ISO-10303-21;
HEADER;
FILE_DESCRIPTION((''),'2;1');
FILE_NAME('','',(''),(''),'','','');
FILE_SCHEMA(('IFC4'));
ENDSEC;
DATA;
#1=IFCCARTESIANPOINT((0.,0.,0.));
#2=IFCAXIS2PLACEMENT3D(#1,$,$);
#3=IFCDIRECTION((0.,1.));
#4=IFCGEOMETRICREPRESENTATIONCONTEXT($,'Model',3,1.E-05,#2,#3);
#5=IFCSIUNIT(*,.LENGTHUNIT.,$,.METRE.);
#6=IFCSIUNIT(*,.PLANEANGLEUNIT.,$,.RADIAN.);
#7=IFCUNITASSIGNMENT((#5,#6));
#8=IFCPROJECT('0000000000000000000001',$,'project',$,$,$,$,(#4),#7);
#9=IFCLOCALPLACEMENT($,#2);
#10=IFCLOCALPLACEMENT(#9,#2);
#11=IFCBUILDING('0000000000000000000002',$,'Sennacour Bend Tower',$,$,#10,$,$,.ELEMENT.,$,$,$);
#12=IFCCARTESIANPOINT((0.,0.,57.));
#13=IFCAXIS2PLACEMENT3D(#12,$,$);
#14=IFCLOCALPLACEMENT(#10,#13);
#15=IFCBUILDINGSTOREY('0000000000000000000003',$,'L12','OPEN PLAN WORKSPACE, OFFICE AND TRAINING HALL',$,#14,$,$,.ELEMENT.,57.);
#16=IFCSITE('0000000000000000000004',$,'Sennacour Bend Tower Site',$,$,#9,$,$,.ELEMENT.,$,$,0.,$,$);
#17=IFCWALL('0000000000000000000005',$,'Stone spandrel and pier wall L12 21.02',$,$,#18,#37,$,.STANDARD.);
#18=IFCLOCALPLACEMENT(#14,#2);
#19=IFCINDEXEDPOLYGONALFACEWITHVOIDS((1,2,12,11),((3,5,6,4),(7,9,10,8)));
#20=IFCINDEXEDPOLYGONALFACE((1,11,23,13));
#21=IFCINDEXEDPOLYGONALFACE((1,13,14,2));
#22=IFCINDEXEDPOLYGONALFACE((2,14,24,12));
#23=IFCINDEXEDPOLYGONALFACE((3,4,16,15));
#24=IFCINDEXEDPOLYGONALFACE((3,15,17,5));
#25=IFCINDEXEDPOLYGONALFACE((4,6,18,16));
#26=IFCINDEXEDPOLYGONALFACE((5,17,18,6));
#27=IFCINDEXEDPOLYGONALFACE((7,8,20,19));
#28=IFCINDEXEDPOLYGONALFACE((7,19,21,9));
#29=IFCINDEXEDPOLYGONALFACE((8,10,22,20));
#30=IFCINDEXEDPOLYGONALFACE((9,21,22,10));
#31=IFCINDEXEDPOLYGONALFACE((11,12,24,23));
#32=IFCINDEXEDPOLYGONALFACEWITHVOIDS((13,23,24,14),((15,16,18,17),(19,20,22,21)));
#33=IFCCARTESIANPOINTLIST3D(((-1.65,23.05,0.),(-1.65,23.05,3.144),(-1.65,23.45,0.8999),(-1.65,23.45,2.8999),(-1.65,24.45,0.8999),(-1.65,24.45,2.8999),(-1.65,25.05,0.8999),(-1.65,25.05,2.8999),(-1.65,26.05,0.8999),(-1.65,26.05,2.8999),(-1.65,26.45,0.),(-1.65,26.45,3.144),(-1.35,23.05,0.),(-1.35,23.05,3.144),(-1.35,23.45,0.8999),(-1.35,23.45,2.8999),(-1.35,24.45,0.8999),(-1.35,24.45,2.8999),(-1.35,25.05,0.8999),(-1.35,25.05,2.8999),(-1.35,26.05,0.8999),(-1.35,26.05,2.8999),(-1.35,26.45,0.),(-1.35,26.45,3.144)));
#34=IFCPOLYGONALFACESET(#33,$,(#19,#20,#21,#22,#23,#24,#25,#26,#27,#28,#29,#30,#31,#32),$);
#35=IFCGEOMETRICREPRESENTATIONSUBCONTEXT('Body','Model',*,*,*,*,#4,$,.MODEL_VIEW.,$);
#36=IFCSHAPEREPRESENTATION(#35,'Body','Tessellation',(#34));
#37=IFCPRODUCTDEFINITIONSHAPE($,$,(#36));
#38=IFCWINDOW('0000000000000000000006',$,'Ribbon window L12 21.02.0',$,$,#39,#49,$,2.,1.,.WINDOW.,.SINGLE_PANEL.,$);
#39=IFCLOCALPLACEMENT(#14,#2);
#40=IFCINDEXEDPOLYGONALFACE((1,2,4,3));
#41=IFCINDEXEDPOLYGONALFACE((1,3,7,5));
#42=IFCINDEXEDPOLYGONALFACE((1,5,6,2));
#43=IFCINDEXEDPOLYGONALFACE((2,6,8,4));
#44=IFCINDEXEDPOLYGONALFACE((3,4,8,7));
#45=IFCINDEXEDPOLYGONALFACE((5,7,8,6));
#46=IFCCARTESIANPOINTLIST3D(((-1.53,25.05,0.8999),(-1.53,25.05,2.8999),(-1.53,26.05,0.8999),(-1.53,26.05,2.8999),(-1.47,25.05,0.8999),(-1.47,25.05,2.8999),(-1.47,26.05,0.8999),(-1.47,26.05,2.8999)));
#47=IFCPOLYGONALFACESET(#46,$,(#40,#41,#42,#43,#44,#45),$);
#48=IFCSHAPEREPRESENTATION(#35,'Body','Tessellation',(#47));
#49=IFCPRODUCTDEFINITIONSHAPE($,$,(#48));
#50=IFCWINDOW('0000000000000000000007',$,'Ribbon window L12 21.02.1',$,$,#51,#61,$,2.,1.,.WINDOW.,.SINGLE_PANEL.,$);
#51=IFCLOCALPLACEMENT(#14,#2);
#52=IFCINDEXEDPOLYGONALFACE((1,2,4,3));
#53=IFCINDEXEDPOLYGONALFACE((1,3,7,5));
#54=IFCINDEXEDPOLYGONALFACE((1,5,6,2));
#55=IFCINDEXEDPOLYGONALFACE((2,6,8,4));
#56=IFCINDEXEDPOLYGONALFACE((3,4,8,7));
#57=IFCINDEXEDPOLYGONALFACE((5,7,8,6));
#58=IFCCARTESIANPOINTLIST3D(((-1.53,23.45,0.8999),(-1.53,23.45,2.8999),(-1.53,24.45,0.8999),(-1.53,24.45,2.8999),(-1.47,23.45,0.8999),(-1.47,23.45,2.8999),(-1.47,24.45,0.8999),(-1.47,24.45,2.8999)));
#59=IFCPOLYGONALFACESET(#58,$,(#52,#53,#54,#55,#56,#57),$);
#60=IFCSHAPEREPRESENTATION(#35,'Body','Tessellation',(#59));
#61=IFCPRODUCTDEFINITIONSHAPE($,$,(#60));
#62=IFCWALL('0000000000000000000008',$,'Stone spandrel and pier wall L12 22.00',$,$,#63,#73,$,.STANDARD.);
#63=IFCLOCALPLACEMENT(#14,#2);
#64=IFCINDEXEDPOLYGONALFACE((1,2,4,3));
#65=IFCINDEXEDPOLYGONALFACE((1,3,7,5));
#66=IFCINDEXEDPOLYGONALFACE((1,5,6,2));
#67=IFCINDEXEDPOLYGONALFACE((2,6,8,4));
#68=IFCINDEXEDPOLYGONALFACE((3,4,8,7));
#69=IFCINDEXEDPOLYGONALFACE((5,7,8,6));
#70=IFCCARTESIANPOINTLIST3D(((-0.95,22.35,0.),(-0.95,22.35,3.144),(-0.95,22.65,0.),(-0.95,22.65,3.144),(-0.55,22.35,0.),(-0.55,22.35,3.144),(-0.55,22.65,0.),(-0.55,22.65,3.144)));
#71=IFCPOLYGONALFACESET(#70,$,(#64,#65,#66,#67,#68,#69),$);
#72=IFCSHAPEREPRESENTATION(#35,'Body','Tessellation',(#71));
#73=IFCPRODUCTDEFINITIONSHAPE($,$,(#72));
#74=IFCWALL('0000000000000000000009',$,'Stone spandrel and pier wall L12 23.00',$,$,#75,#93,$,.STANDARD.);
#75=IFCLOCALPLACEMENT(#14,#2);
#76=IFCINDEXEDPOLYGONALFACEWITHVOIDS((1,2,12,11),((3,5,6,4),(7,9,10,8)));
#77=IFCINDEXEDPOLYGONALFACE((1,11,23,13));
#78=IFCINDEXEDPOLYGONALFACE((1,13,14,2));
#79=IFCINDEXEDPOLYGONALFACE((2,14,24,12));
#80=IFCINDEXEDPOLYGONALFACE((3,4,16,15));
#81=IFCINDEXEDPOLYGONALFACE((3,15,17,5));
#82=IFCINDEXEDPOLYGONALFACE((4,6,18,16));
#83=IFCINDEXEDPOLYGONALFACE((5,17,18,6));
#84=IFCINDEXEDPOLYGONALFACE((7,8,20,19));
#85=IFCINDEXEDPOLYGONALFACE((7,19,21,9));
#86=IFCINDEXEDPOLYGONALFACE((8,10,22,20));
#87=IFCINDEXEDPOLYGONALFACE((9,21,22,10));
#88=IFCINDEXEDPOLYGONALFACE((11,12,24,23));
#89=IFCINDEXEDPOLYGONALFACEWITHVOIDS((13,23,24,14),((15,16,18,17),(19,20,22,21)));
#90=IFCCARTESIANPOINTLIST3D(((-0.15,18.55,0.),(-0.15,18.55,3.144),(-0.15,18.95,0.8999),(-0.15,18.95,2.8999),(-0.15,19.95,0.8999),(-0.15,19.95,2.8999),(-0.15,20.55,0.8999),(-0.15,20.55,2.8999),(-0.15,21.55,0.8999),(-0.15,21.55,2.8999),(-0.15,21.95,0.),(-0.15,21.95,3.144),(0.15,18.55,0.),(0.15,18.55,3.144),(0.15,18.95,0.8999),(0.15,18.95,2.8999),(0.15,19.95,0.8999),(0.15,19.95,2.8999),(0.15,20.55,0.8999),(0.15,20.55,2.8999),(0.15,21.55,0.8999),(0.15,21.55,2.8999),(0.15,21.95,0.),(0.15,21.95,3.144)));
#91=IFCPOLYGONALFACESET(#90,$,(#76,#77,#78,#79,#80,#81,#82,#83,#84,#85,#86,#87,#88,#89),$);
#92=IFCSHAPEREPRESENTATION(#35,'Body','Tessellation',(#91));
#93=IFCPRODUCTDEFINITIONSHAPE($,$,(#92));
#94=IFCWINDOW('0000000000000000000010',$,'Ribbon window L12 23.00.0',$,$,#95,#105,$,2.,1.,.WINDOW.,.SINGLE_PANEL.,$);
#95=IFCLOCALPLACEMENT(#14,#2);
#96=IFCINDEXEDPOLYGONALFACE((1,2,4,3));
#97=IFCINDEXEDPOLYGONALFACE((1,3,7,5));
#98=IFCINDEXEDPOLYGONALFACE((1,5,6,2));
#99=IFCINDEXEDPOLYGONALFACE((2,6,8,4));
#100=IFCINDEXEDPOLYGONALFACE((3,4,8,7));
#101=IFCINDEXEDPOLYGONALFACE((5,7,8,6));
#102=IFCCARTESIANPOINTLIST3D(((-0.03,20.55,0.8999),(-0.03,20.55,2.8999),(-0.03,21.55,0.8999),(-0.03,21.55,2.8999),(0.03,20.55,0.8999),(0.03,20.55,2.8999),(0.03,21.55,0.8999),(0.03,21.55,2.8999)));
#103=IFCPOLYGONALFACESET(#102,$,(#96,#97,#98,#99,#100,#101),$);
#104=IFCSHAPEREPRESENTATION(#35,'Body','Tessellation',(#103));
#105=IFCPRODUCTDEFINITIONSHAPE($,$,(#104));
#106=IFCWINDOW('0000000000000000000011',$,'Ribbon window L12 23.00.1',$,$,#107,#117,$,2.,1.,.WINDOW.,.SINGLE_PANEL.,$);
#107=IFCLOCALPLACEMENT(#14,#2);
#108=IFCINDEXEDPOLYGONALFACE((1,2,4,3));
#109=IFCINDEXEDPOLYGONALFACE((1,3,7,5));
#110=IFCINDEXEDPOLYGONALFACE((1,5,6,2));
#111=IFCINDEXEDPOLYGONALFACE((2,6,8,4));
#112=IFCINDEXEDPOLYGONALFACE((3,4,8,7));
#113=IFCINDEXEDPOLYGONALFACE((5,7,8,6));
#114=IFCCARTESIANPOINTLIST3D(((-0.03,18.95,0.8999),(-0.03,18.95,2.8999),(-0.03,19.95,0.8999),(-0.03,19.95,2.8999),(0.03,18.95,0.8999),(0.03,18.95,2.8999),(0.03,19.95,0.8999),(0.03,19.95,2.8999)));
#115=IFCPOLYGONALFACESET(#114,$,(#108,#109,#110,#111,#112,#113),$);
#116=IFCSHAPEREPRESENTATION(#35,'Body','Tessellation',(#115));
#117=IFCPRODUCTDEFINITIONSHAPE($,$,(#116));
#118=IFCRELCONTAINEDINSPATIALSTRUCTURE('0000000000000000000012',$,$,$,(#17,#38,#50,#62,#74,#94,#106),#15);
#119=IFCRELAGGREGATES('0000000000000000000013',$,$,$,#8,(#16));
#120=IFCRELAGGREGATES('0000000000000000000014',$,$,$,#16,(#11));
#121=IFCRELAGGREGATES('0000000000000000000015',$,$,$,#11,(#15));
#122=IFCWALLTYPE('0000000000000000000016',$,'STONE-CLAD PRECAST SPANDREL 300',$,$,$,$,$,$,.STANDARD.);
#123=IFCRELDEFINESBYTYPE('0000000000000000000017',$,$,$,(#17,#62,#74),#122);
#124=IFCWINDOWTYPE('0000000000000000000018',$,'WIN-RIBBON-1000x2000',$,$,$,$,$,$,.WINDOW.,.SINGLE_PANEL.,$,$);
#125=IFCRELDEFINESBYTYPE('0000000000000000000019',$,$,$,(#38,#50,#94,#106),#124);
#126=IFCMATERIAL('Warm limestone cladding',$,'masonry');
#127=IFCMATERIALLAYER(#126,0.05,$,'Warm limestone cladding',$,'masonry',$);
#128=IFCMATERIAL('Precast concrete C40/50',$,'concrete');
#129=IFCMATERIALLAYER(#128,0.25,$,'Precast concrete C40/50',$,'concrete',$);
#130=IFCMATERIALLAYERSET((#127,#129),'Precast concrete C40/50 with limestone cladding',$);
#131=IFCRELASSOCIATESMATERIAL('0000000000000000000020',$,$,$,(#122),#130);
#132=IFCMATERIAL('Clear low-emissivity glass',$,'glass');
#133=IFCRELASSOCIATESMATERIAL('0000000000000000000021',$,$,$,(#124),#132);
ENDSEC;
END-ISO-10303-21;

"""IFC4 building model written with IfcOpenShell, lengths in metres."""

from ifc_helpers import new_model, si_unit, direction, frame, frame_2d, origin, place, context, subcontext, project, spatial, rectangle, extrude, material, layer, layer_set, type_object, element, fill, save


model = new_model("IFC4")

# Units and contexts
model_context = context("Model", 3, precision=1e-05, world=origin(), true_north=direction((0.0, 1.0)))
body_context = subcontext(model_context, "Body", "Model", "MODEL_VIEW")
ifc_project = project(units=[si_unit("LENGTHUNIT", "METRE"), si_unit("PLANEANGLEUNIT", "RADIAN")], contexts=[model_context])

# Site, building, storey
site_placement = place(None, origin())
site = spatial("IfcSite", under=ifc_project, at=site_placement, Name="Sennacour Bend Tower Site", CompositionType="ELEMENT", RefElevation=0.0)
building_placement = place(site_placement, origin())
building = spatial("IfcBuilding", under=site, at=building_placement, Name="Sennacour Bend Tower", CompositionType="ELEMENT")
storey_placement = place(building_placement, frame((0.0, 0.0, 57.0)))
storey = spatial("IfcBuildingStorey", under=building, at=storey_placement, Name="L12", Description="OPEN PLAN WORKSPACE, OFFICE AND TRAINING HALL", CompositionType="ELEMENT", Elevation=57.0)

# Shared definitions
ifc_material_1 = material(Name="Warm limestone cladding", Category="masonry")
ifc_layer_1 = layer(ifc_material_1, 0.05, Name="Warm limestone cladding", Category="masonry")
ifc_material_2 = material(Name="Precast concrete C40/50", Category="concrete")
ifc_layer_2 = layer(ifc_material_2, 0.25, Name="Precast concrete C40/50", Category="concrete")
ifc_layer_set_1 = layer_set([ifc_layer_1, ifc_layer_2], Name="Precast concrete C40/50 with limestone cladding")
wall_type_1 = type_object("IfcWallType", Name="STONE-CLAD PRECAST SPANDREL 300", PredefinedType="STANDARD", material=ifc_layer_set_1)

# Wall, openings, windows
ifc_material_3 = material(Name="Clear low-emissivity glass", Category="glass")
window_type = type_object("IfcWindowType", Name="WIN-RIBBON-1000x2000", PartitioningType="SINGLE_PANEL", PredefinedType="WINDOW", material=ifc_material_3)
wall_1_placement = place(storey_placement, frame((-1.5, 26.45, 0.0), z_axis=(0.0, 0.0, 1.0), x_axis=(0.0, -1.0, 0.0)))
wall_1 = element("IfcWall", 1, at=wall_1_placement, inside=storey, type_object=wall_type_1, Name="Stone spandrel and pier wall L12 21.02", PredefinedType="STANDARD", context=body_context, shape_type="SweptSolid", body=[
    extrude(rectangle(XDim=3.3999, YDim=0.3, at=frame_2d((1.7, 0.0))), origin(), (0.0, 0.0, 1.0), 3.144),
])
opening_1_placement = place(wall_1_placement, frame((0.3999, 0.0, 0.8999)))
opening_1 = element("IfcOpeningElement", 2, at=opening_1_placement, cuts=wall_1, PredefinedType="OPENING", context=body_context, shape_type="SweptSolid", body=[
    extrude(rectangle(XDim=1.0, YDim=2.0, at=frame_2d((0.5, 1.0))), frame((0.0, 0.1602, 0.0), z_axis=(0.0, -1.0, 0.0), x_axis=(1.0, 0.0, 0.0)), (0.0, 0.0, 1.0), 0.3201),
])
opening_2_placement = place(wall_1_placement, frame((2.0, 0.0, 0.8999)))
opening_2 = element("IfcOpeningElement", 3, at=opening_2_placement, cuts=wall_1, PredefinedType="OPENING", context=body_context, shape_type="SweptSolid", body=[
    extrude(rectangle(XDim=1.0, YDim=2.0, at=frame_2d((0.5, 1.0))), frame((0.0, 0.1602, 0.0), z_axis=(0.0, -1.0, 0.0), x_axis=(1.0, 0.0, 0.0)), (0.0, 0.0, 1.0), 0.3201),
])
window_1_placement = place(opening_1_placement, origin())
window_1 = element("IfcWindow", 4, at=window_1_placement, inside=storey, type_object=window_type, Name="Ribbon window L12 21.02.0", OverallHeight=2.0, OverallWidth=1.0, PartitioningType="SINGLE_PANEL", PredefinedType="WINDOW", context=body_context, shape_type="SweptSolid", body=[
    extrude(rectangle(XDim=1.0, YDim=2.0, at=frame_2d((0.5, 1.0))), frame((0.0, 0.03, 0.0), z_axis=(0.0, -1.0, 0.0), x_axis=(1.0, 0.0, 0.0)), (0.0, 0.0, 1.0), 0.0601),
])
fill(opening_1, window_1)
window_2_placement = place(opening_2_placement, origin())
window_2 = element("IfcWindow", 5, at=window_2_placement, inside=storey, type_object=window_type, Name="Ribbon window L12 21.02.1", OverallHeight=2.0, OverallWidth=1.0, PartitioningType="SINGLE_PANEL", PredefinedType="WINDOW", context=body_context, shape_type="SweptSolid", body=[
    extrude(rectangle(XDim=1.0, YDim=2.0, at=frame_2d((0.5, 1.0))), frame((0.0, 0.03, 0.0), z_axis=(0.0, -1.0, 0.0), x_axis=(1.0, 0.0, 0.0)), (0.0, 0.0, 1.0), 0.0601),
])
fill(opening_2, window_2)

# Wall
wall_2_placement = place(storey_placement, frame((-0.95, 22.5, 0.0), z_axis=(0.0, 0.0, 1.0), x_axis=(1.0, 0.0, 0.0)))
element("IfcWall", 6, at=wall_2_placement, inside=storey, type_object=wall_type_1, Name="Stone spandrel and pier wall L12 22.00", PredefinedType="STANDARD", context=body_context, shape_type="SweptSolid", body=[
    extrude(rectangle(XDim=0.3999, YDim=0.3, at=frame_2d((0.2, 0.0))), origin(), (0.0, 0.0, 1.0), 3.144),
])

# Wall, openings, windows
wall_3_placement = place(storey_placement, frame((0.0, 21.95, 0.0), z_axis=(0.0, 0.0, 1.0), x_axis=(0.0, -1.0, 0.0)))
wall_3 = element("IfcWall", 7, at=wall_3_placement, inside=storey, type_object=wall_type_1, Name="Stone spandrel and pier wall L12 23.00", PredefinedType="STANDARD", context=body_context, shape_type="SweptSolid", body=[
    extrude(rectangle(XDim=3.3999, YDim=0.3, at=frame_2d((1.7, 0.0))), origin(), (0.0, 0.0, 1.0), 3.144),
])
opening_3_placement = place(wall_3_placement, frame((0.3999, 0.0, 0.8999)))
opening_3 = element("IfcOpeningElement", 8, at=opening_3_placement, cuts=wall_3, PredefinedType="OPENING", context=body_context, shape_type="SweptSolid", body=[
    extrude(rectangle(XDim=1.0, YDim=2.0, at=frame_2d((0.5, 1.0))), frame((0.0, 0.1602, 0.0), z_axis=(0.0, -1.0, 0.0), x_axis=(1.0, 0.0, 0.0)), (0.0, 0.0, 1.0), 0.3201),
])
opening_4_placement = place(wall_3_placement, frame((2.0, 0.0, 0.8999)))
opening_4 = element("IfcOpeningElement", 9, at=opening_4_placement, cuts=wall_3, PredefinedType="OPENING", context=body_context, shape_type="SweptSolid", body=[
    extrude(rectangle(XDim=1.0, YDim=2.0, at=frame_2d((0.5, 1.0))), frame((0.0, 0.1602, 0.0), z_axis=(0.0, -1.0, 0.0), x_axis=(1.0, 0.0, 0.0)), (0.0, 0.0, 1.0), 0.3201),
])
window_3_placement = place(opening_3_placement, origin())
window_3 = element("IfcWindow", 10, at=window_3_placement, inside=storey, type_object=window_type, Name="Ribbon window L12 23.00.0", OverallHeight=2.0, OverallWidth=1.0, PartitioningType="SINGLE_PANEL", PredefinedType="WINDOW", context=body_context, shape_type="SweptSolid", body=[
    extrude(rectangle(XDim=1.0, YDim=2.0, at=frame_2d((0.5, 1.0))), frame((0.0, 0.03, 0.0), z_axis=(0.0, -1.0, 0.0), x_axis=(1.0, 0.0, 0.0)), (0.0, 0.0, 1.0), 0.0601),
])
fill(opening_3, window_3)
window_4_placement = place(opening_4_placement, origin())
window_4 = element("IfcWindow", 11, at=window_4_placement, inside=storey, type_object=window_type, Name="Ribbon window L12 23.00.1", OverallHeight=2.0, OverallWidth=1.0, PartitioningType="SINGLE_PANEL", PredefinedType="WINDOW", context=body_context, shape_type="SweptSolid", body=[
    extrude(rectangle(XDim=1.0, YDim=2.0, at=frame_2d((0.5, 1.0))), frame((0.0, 0.03, 0.0), z_axis=(0.0, -1.0, 0.0), x_axis=(1.0, 0.0, 0.0)), (0.0, 0.0, 1.0), 0.0601),
])
fill(opening_4, window_4)

save(model, "model.ifc")
